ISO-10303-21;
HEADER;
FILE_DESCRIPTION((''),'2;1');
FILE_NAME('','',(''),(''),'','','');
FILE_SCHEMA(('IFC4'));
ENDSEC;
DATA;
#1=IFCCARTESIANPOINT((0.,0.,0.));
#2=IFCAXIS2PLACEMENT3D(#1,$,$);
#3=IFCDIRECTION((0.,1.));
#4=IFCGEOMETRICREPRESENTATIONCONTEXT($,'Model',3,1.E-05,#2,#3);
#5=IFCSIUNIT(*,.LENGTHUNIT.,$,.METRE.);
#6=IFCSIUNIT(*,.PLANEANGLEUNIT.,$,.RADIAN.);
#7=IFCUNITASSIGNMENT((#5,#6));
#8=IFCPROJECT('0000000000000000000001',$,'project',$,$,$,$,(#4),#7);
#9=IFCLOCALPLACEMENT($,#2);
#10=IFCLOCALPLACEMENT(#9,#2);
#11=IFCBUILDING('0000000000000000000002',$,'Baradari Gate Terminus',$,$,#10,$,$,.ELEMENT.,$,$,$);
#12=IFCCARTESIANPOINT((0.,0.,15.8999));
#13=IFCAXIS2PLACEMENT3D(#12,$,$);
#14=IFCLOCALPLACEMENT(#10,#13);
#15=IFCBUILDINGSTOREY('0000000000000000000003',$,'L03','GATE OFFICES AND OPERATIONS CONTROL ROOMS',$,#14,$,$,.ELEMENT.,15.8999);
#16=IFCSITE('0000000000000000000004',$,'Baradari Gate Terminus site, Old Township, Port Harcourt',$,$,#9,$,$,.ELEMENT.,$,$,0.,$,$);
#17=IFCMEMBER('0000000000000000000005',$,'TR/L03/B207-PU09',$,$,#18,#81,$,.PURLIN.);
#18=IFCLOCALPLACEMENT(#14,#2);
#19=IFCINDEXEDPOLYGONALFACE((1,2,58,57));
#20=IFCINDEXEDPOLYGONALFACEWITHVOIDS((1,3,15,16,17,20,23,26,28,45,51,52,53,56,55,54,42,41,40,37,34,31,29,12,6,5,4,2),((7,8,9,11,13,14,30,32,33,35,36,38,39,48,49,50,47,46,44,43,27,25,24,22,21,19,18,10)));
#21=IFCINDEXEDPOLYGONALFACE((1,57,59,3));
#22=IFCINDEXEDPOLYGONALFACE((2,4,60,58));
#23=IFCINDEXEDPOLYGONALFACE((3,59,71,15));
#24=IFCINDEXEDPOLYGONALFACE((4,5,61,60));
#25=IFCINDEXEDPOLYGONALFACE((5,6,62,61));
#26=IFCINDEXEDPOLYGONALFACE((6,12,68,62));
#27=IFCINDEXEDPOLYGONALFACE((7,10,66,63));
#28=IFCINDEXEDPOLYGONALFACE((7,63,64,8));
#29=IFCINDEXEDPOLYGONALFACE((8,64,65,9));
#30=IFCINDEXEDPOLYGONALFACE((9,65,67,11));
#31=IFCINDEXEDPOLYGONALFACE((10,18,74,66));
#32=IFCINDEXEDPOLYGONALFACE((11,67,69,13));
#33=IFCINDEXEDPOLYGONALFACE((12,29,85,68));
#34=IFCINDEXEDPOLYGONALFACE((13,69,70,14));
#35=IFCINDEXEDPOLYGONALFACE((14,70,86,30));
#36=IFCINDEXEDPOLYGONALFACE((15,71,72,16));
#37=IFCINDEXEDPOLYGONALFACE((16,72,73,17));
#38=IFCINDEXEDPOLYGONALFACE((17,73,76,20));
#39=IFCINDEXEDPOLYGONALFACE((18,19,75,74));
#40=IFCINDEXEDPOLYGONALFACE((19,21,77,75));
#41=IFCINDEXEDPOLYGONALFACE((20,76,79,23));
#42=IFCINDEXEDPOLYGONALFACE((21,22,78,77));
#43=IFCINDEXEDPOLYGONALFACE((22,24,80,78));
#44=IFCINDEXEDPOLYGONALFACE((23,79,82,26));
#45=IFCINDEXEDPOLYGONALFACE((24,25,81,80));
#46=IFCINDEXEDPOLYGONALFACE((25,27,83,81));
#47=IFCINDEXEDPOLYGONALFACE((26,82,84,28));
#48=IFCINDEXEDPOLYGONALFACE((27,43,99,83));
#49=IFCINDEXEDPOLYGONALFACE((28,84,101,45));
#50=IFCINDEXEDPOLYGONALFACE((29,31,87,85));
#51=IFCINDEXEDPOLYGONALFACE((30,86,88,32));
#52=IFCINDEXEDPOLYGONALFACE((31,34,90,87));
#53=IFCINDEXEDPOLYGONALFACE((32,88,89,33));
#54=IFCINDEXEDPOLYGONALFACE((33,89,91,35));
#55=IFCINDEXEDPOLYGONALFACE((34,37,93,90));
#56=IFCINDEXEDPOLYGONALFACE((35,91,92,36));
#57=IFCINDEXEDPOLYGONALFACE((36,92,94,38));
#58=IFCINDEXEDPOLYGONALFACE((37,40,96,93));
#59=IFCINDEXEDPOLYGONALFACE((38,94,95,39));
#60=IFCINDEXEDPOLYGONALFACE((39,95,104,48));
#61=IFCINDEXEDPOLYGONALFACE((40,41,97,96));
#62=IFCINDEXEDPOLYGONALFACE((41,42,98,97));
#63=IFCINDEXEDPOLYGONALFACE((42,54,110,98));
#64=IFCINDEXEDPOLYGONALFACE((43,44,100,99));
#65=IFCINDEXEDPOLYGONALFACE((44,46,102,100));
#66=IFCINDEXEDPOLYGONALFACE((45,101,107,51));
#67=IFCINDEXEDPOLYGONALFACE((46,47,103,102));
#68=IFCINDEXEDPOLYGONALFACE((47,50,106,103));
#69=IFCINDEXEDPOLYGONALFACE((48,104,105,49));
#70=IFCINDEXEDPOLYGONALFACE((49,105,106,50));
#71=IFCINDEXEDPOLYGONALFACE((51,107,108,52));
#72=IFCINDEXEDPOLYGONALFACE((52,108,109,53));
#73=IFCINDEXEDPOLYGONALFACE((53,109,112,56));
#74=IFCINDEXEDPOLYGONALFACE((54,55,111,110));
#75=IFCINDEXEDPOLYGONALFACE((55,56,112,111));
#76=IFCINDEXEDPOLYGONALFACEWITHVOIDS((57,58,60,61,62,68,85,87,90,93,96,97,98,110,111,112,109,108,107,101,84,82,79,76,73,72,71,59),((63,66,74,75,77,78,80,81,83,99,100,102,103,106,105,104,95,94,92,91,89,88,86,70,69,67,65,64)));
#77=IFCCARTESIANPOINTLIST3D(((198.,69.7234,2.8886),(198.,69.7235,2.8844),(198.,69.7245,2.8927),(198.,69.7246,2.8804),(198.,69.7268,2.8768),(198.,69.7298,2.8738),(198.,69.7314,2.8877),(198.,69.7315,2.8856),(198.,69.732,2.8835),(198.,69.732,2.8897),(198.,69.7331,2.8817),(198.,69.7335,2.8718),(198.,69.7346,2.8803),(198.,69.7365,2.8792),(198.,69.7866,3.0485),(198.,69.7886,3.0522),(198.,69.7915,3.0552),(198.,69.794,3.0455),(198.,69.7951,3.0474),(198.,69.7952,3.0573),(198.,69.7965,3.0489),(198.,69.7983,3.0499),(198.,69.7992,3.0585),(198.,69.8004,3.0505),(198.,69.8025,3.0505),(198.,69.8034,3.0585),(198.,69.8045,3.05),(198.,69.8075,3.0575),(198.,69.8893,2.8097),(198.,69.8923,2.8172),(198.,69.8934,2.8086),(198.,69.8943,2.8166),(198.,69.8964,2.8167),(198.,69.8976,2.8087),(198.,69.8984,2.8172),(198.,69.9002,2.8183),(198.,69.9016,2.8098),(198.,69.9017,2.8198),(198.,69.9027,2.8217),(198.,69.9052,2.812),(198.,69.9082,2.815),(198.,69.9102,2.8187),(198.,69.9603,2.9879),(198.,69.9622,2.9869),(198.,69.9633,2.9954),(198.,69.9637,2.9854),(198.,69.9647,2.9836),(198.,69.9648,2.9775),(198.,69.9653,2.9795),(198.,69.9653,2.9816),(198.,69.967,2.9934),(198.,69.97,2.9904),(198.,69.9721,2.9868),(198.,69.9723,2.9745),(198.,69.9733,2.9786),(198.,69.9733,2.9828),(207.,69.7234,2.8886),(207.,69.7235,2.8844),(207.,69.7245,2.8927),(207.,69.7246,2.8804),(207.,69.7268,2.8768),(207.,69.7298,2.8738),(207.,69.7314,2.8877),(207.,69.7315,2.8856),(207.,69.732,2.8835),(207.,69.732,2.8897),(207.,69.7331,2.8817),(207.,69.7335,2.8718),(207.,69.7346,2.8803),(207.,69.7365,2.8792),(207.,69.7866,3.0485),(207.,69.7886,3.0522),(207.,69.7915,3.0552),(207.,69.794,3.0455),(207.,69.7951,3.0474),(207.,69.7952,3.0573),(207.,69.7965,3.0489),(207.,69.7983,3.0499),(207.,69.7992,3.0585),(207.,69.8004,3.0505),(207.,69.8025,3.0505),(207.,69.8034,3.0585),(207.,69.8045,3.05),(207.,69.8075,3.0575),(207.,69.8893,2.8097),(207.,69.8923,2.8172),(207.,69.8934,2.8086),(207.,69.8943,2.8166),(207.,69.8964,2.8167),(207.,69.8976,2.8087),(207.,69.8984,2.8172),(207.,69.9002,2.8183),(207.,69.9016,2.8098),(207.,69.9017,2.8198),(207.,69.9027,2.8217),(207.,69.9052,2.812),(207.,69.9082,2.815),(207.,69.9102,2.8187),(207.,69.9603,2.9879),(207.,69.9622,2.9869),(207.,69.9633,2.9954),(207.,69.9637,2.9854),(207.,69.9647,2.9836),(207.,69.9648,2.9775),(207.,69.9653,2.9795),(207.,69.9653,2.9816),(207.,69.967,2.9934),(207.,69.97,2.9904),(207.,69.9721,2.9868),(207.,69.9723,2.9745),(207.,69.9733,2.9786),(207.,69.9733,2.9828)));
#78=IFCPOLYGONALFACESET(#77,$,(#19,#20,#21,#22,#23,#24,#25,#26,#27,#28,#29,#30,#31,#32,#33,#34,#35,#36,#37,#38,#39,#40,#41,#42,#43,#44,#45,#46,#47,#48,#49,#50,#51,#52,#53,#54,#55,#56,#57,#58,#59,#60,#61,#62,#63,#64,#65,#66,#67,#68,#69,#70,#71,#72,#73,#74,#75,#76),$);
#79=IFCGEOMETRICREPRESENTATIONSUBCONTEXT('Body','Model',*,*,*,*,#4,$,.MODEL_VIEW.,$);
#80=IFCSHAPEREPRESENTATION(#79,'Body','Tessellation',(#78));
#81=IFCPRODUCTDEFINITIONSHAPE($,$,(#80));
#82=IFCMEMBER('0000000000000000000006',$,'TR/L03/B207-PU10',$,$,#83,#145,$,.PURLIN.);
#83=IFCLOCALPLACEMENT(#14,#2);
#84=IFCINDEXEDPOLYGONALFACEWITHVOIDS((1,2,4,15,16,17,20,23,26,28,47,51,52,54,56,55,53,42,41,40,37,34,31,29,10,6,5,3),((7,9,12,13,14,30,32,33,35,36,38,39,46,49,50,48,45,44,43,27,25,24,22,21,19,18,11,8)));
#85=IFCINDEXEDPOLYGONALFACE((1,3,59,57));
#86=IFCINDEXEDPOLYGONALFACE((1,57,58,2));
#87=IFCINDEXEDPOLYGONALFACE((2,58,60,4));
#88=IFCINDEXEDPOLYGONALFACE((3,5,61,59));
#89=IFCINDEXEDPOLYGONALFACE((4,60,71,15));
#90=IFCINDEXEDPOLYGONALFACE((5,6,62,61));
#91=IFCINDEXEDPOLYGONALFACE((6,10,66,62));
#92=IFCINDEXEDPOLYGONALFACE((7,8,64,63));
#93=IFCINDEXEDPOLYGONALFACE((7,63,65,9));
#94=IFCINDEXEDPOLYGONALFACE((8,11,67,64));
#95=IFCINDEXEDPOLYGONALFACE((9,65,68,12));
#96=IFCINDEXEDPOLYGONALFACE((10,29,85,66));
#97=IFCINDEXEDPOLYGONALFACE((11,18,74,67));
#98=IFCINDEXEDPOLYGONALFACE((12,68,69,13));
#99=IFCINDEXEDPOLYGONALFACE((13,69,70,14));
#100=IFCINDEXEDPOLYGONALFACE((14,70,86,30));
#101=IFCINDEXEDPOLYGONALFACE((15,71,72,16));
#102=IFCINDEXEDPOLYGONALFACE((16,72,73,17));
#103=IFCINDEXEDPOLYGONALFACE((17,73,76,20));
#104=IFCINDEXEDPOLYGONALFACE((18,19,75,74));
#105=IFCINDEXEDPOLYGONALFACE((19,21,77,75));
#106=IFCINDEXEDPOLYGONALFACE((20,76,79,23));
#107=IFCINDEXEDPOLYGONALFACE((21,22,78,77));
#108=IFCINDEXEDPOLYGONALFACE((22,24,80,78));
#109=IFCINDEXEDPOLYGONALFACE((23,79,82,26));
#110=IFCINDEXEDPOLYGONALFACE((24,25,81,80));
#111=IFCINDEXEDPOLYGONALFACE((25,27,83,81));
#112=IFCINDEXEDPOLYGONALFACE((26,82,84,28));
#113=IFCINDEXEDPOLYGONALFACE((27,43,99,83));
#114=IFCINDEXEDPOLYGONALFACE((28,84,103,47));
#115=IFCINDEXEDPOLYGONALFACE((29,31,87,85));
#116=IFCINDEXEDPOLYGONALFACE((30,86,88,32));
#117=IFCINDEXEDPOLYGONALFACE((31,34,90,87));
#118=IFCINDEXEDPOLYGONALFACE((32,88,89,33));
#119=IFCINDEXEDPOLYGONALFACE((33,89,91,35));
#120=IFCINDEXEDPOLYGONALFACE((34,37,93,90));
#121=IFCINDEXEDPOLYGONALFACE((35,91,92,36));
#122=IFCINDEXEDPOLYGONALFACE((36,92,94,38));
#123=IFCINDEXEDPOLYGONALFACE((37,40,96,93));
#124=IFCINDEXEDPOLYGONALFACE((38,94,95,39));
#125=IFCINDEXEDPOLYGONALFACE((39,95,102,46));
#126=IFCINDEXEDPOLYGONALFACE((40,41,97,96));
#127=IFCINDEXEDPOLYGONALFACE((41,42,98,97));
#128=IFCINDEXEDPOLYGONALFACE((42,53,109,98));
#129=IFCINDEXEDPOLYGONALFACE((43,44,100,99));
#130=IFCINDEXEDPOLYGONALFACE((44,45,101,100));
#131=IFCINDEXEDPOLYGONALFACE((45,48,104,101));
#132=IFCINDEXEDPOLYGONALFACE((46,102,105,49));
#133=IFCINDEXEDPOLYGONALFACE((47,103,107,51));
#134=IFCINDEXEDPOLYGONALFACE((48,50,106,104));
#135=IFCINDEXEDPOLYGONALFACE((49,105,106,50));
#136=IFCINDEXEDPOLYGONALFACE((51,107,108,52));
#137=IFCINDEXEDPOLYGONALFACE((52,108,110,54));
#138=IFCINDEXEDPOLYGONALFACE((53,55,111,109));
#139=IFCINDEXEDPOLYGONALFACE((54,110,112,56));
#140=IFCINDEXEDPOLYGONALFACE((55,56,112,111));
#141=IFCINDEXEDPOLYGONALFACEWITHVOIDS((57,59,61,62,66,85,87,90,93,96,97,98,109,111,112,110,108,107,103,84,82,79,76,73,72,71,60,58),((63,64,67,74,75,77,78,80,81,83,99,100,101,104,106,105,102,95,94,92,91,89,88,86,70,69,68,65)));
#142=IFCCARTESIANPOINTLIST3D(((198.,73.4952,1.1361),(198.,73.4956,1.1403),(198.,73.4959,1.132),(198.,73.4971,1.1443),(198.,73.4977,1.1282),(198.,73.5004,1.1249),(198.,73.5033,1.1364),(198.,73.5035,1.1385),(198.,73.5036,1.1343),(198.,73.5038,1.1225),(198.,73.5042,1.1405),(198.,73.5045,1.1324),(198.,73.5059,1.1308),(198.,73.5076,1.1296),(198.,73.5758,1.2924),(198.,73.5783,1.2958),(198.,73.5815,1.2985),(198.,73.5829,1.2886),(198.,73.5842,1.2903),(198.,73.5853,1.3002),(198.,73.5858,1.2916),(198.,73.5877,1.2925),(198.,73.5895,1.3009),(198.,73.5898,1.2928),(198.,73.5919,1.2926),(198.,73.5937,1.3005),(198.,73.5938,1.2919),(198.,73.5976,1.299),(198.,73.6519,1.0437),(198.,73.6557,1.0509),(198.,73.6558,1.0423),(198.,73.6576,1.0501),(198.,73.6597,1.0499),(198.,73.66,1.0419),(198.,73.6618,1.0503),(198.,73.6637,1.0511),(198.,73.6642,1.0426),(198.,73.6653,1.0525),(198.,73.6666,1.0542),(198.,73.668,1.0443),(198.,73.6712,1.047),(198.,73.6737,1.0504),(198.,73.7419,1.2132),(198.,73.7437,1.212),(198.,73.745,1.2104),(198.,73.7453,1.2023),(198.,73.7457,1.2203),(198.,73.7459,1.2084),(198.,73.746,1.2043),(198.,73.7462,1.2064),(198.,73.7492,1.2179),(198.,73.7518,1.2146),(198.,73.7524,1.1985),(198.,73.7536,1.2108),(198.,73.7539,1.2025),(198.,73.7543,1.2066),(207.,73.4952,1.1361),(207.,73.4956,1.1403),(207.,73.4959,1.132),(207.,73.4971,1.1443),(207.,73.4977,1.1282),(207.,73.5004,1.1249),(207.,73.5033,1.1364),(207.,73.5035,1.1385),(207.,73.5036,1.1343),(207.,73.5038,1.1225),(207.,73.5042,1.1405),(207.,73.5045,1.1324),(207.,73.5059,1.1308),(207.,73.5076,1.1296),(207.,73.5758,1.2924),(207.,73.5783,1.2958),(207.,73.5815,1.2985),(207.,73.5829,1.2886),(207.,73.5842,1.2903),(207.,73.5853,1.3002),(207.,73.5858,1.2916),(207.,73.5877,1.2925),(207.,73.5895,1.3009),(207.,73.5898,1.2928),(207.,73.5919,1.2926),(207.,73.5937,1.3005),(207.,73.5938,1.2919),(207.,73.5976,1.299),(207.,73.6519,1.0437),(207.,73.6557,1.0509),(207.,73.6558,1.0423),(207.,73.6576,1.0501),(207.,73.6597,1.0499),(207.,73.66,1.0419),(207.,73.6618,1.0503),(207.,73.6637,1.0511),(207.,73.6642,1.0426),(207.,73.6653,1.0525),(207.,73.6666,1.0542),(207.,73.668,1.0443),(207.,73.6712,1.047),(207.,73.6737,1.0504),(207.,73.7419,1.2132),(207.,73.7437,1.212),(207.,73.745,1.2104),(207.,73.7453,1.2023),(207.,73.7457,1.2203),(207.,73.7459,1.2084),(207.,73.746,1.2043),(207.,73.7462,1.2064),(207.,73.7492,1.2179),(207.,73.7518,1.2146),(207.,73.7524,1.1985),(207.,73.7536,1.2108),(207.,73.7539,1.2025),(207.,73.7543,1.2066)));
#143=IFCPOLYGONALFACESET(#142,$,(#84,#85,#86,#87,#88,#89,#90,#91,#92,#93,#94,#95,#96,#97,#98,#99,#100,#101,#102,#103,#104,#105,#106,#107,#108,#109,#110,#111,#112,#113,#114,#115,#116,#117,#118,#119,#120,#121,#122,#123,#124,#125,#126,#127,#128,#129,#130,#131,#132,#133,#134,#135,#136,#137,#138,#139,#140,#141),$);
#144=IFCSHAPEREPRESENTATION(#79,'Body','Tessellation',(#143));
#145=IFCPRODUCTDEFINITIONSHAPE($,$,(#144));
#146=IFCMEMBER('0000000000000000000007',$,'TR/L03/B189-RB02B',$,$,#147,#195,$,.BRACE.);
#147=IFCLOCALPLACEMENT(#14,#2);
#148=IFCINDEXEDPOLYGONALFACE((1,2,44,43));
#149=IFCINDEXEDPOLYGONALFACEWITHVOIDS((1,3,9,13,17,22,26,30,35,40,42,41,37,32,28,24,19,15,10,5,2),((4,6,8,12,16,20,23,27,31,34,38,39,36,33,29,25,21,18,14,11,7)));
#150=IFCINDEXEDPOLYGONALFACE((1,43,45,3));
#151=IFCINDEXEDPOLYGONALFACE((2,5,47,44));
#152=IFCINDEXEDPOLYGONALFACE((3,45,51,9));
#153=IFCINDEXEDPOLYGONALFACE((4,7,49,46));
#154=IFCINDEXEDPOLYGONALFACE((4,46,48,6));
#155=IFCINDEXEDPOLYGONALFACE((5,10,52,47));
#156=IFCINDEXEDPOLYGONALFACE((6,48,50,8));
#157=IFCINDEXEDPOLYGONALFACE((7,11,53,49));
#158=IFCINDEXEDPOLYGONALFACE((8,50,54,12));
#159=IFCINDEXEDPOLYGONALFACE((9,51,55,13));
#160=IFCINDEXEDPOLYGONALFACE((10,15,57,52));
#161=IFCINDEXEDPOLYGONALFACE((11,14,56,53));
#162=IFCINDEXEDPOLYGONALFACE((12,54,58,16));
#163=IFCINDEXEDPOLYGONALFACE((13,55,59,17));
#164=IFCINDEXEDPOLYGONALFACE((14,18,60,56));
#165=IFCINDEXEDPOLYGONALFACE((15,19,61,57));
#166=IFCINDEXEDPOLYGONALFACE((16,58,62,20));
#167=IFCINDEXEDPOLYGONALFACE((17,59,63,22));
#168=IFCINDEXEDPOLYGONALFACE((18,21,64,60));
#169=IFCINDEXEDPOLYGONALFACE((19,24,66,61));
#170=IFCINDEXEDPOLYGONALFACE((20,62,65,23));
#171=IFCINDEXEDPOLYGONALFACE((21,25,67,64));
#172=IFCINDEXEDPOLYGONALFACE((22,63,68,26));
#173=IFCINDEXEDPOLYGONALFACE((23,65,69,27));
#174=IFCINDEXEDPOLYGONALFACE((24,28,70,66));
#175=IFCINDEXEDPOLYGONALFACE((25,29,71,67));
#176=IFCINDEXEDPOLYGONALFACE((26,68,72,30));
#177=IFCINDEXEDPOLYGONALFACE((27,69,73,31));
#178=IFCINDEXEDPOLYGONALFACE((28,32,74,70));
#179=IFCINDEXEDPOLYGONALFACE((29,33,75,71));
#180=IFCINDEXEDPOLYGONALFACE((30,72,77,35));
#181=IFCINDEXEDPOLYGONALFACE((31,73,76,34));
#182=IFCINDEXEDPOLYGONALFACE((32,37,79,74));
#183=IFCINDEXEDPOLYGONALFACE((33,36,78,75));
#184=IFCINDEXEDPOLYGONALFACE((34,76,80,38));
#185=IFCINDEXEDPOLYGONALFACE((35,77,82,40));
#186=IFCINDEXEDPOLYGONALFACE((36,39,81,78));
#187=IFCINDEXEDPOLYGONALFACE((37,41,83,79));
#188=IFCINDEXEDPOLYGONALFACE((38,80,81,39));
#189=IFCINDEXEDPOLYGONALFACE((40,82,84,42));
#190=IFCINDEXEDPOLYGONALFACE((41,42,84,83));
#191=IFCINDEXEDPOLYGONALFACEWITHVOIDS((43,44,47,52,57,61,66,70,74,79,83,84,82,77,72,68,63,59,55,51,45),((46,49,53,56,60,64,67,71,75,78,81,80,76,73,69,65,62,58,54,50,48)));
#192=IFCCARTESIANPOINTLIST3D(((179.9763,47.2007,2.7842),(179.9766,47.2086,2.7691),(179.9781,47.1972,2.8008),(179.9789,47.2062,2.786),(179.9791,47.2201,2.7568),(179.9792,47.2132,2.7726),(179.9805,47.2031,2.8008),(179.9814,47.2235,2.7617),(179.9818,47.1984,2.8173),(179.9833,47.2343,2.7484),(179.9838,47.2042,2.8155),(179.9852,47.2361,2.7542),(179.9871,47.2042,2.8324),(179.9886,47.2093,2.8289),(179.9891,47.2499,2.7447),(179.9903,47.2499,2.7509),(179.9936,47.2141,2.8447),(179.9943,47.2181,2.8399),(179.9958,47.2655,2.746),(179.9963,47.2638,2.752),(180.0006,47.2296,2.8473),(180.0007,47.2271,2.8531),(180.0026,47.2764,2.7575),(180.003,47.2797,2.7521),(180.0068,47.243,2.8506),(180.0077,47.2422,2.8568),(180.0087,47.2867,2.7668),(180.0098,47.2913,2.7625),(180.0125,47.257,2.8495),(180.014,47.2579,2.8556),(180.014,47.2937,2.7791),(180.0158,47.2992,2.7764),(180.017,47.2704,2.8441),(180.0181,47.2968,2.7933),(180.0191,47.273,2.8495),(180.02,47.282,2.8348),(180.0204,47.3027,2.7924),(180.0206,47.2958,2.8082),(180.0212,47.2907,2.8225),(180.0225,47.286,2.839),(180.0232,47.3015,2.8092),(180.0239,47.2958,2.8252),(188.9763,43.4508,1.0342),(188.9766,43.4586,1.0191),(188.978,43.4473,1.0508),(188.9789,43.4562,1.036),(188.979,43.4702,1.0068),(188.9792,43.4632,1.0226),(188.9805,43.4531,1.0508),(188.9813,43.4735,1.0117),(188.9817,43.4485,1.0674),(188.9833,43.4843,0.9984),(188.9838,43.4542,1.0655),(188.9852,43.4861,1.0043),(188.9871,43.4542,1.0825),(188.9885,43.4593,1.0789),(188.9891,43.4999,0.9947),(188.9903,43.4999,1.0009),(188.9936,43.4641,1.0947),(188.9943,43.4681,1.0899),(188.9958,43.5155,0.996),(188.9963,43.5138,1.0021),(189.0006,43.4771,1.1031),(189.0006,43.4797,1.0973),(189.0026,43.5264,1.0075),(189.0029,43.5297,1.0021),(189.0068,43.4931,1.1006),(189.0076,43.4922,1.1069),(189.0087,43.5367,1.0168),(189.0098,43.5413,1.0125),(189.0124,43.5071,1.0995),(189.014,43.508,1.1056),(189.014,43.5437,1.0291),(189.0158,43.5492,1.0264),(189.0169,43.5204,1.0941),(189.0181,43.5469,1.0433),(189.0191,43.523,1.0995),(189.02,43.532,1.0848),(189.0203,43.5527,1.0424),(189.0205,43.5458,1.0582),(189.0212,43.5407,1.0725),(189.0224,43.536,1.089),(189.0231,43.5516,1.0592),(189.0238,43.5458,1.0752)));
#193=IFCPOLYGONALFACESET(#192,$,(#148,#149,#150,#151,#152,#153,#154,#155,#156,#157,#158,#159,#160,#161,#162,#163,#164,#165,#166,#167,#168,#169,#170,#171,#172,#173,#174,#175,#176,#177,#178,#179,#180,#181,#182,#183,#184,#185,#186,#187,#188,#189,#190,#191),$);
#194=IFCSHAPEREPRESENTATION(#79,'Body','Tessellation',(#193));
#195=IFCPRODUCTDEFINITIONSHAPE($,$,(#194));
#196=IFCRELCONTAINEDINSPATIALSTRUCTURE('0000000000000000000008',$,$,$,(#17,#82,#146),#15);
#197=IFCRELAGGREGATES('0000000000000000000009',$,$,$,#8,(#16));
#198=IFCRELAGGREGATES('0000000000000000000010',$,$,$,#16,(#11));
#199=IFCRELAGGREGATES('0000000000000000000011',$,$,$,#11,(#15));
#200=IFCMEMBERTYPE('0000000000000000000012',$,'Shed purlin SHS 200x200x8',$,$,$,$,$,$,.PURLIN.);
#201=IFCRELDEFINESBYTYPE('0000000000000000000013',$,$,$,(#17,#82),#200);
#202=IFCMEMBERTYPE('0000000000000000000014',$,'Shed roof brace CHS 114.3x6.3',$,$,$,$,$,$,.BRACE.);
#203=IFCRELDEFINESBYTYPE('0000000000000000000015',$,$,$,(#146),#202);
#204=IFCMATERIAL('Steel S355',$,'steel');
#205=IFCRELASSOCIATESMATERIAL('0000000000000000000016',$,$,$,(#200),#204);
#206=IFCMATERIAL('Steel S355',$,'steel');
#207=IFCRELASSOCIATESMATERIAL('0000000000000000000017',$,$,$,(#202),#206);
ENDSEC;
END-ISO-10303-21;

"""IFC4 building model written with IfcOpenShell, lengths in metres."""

from ifc_helpers import new_model, si_unit, direction, frame, origin, origin_2d, place, context, subcontext, project, spatial, hollow_rectangle, hollow_circle, extrude, material, material_profile, profile_set, type_object, element, save


model = new_model("IFC4")

# Units and contexts
model_context = context("Model", 3, precision=1e-05, world=origin(), true_north=direction((0.0, 1.0)))
body_context = subcontext(model_context, "Body", "Model", "MODEL_VIEW")
ifc_project = project(units=[si_unit("LENGTHUNIT", "METRE"), si_unit("PLANEANGLEUNIT", "RADIAN")], contexts=[model_context])

# Site, building, storey
site_placement = place(None, origin())
site = spatial("IfcSite", under=ifc_project, at=site_placement, Name="Baradari Gate Terminus site, Old Township, Port Harcourt", CompositionType="ELEMENT", RefElevation=0.0)
building_placement = place(site_placement, origin())
building = spatial("IfcBuilding", under=site, at=building_placement, Name="Baradari Gate Terminus", CompositionType="ELEMENT")
storey_placement = place(building_placement, frame((0.0, 0.0, 15.8999)))
storey = spatial("IfcBuildingStorey", under=building, at=storey_placement, Name="L03", Description="GATE OFFICES AND OPERATIONS CONTROL ROOMS", CompositionType="ELEMENT", Elevation=15.8999)

# Members
ifc_material_1 = material(Name="Steel S355", Category="steel")
ifc_material_profile_1 = material_profile(ifc_material_1, hollow_rectangle(XDim=0.2, YDim=0.2, WallThickness=0.0081, InnerFilletRadius=0.0081, OuterFilletRadius=0.0161, at=origin_2d()), Name="SHS 200x200x8")
ifc_profile_set_1 = profile_set([ifc_material_profile_1], Name="Steel S355")
member_type_1 = type_object("IfcMemberType", Name="Shed purlin SHS 200x200x8", PredefinedType="PURLIN", material=ifc_profile_set_1)
for number, where, z_axis, x_axis, name in (
    (1, (198.0, 69.8484, 2.9336), (1.0, 0.0, 0.0), (0.0, 0.928965, -0.370167), "TR/L03/B207-PU09"),
    (2, (198.0, 73.6248, 1.1714), (1.0, 0.0, 0.0), (0.0, 0.883027, -0.469322), "TR/L03/B207-PU10"),
):
    element("IfcMember", number, at=place(storey_placement, frame(where, z_axis=z_axis, x_axis=x_axis)), inside=storey, type_object=member_type_1, Name=name, PredefinedType="PURLIN", context=body_context, shape_type="SweptSolid", body=[
        extrude(hollow_rectangle(XDim=0.2, YDim=0.2, WallThickness=0.0081, InnerFilletRadius=0.0081, OuterFilletRadius=0.0161, at=origin_2d()), origin(), (0.0, 0.0, 1.0), 9.0),
    ])
ifc_material_2 = material(Name="Steel S355", Category="steel")
ifc_material_profile_2 = material_profile(ifc_material_2, hollow_circle(Radius=0.0571, WallThickness=0.0063, at=origin_2d()), Name="CHS 114.3x6.3")
ifc_profile_set_2 = profile_set([ifc_material_profile_2], Name="Steel S355")
member_type_2 = type_object("IfcMemberType", Name="Shed roof brace CHS 114.3x6.3", PredefinedType="BRACE", material=ifc_profile_set_2)
member_1_placement = place(storey_placement, frame((189.0, 43.5, 1.0508), z_axis=(-0.908558, 0.378566, 0.176664), x_axis=(-0.384615, -0.923077, 0.0)))
element("IfcMember", 3, at=member_1_placement, inside=storey, type_object=member_type_2, Name="TR/L03/B189-RB02B", PredefinedType="BRACE", context=body_context, shape_type="SweptSolid", body=[
    extrude(hollow_circle(Radius=0.0571, WallThickness=0.0063, at=origin_2d()), origin(), (0.0, 0.0, 1.0), 9.9058),
])

save(model, "model.ifc")
